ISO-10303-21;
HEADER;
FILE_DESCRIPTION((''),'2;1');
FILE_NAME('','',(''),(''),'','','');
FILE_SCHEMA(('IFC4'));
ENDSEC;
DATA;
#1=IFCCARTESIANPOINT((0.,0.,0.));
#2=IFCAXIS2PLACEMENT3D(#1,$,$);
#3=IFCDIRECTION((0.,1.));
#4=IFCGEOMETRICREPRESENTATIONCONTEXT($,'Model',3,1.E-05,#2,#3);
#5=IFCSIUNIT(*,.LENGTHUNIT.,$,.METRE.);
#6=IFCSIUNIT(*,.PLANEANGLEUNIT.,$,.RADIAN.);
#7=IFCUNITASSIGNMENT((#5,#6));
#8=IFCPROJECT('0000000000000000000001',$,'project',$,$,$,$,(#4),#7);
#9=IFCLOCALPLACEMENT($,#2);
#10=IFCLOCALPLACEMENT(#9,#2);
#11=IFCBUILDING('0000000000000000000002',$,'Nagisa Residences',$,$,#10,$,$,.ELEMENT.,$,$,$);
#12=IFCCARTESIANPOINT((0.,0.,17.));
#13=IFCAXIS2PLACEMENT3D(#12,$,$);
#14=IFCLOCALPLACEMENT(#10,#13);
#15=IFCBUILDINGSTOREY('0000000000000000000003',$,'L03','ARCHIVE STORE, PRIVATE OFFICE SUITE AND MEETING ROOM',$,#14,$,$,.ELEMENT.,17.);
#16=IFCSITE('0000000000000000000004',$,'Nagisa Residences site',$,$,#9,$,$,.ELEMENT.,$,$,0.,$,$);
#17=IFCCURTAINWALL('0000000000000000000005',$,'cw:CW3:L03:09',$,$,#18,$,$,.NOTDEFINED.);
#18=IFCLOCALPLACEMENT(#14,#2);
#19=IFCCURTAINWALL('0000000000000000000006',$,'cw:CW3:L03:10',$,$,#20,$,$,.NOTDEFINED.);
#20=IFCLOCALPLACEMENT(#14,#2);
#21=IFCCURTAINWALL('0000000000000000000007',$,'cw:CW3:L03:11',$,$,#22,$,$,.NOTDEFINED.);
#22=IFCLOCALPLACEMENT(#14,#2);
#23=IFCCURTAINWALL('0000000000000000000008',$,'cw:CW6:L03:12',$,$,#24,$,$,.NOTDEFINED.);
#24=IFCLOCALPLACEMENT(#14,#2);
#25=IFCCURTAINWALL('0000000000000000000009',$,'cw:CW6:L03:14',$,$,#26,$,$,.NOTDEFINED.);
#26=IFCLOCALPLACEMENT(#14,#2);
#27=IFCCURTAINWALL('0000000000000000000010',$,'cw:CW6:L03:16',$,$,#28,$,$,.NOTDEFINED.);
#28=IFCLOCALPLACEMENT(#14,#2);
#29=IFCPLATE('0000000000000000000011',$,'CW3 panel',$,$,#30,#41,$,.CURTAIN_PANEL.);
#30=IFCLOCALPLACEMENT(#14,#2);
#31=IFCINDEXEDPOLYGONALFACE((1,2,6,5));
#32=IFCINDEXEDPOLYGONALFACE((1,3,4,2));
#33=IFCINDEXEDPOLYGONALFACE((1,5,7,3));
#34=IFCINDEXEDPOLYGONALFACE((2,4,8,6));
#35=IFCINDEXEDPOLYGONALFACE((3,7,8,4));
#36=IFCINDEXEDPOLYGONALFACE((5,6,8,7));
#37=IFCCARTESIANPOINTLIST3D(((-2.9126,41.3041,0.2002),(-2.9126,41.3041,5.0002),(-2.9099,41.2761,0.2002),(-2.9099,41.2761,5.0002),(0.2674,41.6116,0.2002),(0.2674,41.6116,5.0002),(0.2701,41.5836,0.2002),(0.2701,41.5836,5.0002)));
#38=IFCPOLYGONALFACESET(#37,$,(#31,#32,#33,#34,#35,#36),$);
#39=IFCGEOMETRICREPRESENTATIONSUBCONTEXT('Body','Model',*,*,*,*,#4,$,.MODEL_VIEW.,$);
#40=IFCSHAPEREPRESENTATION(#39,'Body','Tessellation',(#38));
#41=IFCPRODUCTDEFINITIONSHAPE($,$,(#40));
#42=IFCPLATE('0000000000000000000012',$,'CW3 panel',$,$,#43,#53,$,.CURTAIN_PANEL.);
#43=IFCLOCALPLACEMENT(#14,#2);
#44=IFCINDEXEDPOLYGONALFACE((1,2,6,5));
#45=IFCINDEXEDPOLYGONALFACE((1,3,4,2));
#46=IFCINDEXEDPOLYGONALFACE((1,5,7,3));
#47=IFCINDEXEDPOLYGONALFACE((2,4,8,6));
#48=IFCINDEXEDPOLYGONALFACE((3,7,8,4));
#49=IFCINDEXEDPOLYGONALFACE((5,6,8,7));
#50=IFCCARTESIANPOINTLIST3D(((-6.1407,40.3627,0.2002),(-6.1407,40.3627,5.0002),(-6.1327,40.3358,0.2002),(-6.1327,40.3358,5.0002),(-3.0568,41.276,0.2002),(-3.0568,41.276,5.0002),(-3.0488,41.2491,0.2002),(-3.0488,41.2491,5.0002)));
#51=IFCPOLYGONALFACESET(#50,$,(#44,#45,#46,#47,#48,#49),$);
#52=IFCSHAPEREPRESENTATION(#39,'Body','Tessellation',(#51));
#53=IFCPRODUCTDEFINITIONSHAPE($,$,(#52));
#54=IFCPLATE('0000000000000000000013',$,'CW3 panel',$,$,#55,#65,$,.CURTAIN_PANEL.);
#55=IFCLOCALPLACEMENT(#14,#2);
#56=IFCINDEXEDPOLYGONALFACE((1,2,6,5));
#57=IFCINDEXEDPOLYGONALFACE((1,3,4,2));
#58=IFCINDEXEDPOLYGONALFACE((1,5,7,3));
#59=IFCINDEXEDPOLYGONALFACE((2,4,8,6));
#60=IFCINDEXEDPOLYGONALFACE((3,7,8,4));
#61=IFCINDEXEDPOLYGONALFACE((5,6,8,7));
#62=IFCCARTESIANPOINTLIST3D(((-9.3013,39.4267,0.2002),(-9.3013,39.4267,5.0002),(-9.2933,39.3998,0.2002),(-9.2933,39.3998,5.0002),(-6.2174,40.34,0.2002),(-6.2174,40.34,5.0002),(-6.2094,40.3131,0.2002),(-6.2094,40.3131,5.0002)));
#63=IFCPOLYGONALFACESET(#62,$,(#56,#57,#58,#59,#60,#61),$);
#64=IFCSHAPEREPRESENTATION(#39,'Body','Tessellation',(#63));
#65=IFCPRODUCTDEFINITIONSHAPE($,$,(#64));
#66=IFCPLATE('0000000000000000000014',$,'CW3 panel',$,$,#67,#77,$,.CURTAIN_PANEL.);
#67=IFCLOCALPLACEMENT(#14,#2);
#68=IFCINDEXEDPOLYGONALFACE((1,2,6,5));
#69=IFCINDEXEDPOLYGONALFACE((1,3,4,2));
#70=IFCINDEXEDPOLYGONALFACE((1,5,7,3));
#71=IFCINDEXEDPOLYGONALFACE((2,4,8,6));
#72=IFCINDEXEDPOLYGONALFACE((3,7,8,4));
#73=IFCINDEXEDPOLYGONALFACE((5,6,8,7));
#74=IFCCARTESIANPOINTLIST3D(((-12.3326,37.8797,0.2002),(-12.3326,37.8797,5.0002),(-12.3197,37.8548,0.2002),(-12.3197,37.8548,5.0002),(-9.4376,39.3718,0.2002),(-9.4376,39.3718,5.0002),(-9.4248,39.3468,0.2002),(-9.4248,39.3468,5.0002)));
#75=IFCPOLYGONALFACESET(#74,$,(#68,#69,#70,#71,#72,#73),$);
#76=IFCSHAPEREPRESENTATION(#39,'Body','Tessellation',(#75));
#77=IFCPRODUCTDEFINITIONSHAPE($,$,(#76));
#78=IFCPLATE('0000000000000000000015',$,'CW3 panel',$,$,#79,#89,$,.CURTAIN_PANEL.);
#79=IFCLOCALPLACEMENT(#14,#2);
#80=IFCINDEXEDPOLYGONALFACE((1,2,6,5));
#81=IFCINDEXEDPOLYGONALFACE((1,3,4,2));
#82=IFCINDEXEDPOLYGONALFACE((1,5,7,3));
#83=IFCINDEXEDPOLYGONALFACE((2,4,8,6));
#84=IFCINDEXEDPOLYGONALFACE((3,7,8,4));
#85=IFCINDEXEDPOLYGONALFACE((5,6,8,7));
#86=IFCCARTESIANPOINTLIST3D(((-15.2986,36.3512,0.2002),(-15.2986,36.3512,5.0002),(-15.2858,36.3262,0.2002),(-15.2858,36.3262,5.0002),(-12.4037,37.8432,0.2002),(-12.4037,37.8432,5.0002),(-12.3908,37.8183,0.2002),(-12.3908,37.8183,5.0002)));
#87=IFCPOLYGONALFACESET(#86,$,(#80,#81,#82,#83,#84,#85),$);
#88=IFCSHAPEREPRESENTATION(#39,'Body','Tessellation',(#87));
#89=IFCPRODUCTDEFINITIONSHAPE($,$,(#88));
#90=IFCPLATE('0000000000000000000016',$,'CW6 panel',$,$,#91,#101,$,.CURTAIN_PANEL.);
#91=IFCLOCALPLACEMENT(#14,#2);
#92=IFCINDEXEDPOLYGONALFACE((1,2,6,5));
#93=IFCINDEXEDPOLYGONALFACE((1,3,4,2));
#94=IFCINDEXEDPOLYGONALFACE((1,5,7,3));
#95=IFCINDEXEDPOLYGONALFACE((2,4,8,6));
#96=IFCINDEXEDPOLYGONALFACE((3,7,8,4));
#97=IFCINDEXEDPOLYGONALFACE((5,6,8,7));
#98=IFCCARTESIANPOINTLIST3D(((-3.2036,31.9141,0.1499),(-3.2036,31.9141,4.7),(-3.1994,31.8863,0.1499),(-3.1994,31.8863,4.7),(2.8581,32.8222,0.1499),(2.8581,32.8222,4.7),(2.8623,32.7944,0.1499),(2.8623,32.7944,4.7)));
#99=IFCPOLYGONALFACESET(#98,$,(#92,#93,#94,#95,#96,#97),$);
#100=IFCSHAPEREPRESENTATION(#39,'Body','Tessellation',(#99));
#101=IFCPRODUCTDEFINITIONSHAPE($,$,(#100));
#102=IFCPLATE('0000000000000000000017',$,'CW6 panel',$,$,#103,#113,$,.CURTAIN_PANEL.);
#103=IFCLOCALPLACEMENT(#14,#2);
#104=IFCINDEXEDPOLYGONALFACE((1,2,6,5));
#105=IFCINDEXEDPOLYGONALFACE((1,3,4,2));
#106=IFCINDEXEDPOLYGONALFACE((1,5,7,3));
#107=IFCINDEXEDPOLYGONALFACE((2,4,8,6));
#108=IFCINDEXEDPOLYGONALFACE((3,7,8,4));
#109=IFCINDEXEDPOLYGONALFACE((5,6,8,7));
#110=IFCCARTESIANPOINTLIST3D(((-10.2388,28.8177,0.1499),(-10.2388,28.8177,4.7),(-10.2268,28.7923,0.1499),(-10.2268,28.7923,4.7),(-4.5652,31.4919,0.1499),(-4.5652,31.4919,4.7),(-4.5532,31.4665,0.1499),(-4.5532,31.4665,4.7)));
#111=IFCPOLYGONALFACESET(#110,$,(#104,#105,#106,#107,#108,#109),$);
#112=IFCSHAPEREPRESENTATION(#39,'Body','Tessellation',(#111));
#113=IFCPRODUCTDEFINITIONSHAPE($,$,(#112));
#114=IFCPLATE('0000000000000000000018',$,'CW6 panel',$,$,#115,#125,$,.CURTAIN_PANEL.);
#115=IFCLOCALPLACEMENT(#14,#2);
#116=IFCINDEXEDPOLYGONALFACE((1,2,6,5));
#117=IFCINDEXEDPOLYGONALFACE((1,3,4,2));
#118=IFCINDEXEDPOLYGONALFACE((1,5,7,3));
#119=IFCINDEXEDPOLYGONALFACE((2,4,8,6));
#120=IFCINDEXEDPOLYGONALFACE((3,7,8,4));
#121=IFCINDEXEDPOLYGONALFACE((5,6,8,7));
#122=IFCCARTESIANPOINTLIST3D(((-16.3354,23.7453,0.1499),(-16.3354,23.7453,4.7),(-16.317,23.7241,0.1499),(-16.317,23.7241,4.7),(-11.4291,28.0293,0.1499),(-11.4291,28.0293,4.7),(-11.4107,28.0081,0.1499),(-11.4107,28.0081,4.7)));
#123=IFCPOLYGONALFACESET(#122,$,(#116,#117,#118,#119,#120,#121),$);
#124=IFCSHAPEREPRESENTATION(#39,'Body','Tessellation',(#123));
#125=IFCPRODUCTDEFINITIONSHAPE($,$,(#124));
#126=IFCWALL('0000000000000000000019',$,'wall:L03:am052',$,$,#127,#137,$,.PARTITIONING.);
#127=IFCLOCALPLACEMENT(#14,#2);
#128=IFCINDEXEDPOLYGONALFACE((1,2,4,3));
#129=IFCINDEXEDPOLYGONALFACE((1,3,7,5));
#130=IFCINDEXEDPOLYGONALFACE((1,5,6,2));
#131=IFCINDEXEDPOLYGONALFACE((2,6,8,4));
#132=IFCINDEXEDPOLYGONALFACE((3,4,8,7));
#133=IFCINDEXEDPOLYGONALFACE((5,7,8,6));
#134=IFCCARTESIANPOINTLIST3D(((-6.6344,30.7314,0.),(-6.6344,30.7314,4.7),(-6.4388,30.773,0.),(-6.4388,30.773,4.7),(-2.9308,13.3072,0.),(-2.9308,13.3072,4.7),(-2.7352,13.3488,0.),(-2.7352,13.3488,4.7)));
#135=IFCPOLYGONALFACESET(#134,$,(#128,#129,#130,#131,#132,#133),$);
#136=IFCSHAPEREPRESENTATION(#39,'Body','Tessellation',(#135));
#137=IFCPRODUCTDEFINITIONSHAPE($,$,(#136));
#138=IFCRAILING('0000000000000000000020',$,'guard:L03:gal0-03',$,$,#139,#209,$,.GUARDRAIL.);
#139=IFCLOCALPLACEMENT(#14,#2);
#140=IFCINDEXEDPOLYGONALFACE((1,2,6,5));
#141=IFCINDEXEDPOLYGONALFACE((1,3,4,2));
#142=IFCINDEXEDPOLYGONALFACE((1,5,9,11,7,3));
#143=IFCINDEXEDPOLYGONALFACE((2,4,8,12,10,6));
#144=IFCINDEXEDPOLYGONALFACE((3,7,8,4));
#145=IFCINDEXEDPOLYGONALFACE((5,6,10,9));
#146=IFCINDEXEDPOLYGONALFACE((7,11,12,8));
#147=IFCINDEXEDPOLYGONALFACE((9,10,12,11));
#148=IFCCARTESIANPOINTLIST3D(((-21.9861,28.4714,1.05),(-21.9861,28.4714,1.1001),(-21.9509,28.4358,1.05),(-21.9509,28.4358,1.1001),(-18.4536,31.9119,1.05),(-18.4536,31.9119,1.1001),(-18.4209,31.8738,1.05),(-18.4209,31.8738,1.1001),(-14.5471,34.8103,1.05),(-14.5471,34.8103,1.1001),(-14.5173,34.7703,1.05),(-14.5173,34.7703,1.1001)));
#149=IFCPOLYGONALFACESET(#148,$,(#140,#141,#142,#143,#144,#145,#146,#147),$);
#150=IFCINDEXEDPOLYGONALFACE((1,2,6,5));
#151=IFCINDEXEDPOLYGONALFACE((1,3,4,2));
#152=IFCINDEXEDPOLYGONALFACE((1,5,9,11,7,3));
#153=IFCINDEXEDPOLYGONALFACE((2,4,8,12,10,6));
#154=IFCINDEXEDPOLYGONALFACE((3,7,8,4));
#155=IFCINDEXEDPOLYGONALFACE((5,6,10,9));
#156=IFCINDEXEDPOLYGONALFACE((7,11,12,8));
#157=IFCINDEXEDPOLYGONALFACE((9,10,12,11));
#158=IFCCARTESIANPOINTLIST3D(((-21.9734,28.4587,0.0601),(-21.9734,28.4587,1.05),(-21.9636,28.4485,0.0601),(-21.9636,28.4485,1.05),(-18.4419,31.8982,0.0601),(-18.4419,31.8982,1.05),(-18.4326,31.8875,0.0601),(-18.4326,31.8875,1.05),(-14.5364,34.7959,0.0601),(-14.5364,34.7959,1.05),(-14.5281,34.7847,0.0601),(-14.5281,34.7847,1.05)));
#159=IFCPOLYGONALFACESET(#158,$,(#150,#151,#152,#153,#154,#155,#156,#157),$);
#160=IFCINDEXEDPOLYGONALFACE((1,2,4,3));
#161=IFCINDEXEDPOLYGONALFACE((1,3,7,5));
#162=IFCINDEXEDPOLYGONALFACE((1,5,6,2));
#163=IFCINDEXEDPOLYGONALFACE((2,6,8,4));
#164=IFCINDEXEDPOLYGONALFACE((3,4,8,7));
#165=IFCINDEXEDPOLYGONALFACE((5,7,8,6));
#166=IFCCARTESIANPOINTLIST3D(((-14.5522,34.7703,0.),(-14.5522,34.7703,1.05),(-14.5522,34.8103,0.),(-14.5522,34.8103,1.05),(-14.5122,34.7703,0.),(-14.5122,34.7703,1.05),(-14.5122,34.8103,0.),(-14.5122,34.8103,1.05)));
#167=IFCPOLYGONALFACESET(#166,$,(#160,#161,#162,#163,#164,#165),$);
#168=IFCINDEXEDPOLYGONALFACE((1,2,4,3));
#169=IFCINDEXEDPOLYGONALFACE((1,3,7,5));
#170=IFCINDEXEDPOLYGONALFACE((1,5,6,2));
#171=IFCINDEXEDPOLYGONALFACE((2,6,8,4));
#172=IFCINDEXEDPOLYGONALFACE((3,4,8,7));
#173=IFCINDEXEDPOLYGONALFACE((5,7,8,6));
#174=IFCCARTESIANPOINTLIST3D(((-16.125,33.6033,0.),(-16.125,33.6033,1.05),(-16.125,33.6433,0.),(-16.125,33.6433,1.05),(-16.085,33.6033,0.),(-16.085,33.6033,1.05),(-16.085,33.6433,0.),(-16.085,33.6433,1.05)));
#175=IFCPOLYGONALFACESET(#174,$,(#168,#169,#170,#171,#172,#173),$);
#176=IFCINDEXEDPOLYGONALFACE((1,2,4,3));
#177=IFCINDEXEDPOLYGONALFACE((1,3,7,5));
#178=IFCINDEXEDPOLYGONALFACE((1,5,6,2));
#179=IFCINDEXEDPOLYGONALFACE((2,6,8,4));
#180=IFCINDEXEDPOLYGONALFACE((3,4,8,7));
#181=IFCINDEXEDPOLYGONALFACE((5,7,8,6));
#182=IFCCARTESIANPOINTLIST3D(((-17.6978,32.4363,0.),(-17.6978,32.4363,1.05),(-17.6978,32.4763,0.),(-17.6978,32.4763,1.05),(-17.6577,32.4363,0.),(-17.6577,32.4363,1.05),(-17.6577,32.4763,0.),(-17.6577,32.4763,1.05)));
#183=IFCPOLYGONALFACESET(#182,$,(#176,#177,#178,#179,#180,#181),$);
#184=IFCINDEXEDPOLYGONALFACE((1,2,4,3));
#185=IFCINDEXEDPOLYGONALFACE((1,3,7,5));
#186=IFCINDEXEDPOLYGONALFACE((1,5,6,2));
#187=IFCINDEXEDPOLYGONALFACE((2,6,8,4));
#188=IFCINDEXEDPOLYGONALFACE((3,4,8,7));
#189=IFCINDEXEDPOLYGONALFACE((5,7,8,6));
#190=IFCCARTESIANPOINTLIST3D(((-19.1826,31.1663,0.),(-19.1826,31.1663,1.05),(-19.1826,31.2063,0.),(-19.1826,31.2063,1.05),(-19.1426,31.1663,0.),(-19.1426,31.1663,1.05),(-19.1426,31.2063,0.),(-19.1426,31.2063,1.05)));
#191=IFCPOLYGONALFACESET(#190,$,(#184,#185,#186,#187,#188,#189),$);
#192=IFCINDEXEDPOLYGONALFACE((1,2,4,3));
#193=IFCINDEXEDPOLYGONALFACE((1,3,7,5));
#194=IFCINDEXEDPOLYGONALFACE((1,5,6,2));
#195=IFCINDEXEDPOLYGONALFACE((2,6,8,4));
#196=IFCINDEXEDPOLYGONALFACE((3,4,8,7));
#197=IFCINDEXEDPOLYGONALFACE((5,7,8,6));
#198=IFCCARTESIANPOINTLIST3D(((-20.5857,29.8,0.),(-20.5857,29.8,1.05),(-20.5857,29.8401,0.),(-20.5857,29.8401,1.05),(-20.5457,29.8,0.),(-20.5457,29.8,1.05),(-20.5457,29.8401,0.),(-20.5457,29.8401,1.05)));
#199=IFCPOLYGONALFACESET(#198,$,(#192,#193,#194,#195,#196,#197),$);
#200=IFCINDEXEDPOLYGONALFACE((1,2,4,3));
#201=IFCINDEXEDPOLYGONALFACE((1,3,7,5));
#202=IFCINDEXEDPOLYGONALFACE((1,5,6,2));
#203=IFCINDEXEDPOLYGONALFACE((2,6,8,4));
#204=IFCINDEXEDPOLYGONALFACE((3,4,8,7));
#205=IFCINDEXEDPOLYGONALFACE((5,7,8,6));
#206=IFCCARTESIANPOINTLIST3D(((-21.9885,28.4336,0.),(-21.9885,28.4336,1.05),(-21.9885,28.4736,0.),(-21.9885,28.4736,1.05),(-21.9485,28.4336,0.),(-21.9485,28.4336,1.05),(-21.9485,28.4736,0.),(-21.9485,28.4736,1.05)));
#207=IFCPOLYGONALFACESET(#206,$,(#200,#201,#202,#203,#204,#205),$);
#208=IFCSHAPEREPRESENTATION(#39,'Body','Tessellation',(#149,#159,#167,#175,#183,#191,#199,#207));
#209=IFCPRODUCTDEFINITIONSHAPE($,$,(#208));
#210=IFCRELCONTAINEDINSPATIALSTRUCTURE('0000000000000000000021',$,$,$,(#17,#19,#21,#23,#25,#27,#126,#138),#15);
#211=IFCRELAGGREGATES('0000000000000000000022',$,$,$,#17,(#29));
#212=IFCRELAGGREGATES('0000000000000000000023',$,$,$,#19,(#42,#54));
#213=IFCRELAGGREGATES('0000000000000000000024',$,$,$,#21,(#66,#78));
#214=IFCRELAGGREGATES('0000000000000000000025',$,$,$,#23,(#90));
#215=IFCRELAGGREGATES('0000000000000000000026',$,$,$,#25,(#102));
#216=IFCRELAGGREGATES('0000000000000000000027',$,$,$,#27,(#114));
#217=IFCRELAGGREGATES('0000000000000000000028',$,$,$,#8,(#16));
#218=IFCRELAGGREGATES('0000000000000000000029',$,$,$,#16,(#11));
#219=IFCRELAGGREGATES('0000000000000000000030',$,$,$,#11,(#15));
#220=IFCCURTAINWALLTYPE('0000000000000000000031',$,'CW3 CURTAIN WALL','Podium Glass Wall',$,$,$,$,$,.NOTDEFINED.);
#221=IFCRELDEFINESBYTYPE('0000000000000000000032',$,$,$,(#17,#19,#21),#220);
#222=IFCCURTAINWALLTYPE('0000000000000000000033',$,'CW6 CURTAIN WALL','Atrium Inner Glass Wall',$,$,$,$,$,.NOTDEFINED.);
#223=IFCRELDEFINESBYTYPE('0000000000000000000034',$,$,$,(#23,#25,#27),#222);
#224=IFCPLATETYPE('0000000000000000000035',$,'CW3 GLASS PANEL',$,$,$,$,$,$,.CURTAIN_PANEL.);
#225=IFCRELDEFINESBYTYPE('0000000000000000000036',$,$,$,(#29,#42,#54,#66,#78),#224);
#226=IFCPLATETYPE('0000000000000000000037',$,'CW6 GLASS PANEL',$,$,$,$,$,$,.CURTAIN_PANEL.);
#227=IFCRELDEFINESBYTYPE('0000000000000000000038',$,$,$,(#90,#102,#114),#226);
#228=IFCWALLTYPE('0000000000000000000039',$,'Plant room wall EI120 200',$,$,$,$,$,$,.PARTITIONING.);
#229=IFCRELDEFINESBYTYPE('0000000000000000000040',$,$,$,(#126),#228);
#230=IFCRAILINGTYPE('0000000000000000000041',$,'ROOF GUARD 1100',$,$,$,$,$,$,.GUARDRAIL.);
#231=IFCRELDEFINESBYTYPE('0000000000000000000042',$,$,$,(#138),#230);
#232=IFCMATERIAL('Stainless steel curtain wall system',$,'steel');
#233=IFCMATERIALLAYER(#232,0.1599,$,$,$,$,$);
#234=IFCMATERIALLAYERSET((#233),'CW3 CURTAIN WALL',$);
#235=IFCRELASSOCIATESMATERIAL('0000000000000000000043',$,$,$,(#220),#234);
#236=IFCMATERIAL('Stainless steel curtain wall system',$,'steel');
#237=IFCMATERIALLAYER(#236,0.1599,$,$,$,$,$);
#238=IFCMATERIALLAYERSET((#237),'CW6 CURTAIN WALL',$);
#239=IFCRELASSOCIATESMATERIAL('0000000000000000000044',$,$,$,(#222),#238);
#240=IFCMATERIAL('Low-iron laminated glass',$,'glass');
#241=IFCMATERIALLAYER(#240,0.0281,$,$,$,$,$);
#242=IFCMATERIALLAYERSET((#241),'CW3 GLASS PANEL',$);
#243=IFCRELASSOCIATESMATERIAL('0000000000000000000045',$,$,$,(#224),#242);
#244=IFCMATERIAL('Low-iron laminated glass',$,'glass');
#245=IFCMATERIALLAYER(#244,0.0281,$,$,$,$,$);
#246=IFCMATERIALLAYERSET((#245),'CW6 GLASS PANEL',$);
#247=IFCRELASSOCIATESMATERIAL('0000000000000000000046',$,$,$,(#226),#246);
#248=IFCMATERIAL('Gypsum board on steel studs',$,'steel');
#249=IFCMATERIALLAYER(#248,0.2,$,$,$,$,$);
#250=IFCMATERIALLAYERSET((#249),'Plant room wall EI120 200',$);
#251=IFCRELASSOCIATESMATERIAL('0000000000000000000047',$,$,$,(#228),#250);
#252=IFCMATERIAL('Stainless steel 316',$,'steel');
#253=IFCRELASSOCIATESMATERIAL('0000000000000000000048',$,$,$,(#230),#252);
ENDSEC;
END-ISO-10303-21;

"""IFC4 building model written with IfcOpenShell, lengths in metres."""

from ifc_helpers import new_model, si_unit, direction, frame, frame_2d, origin, origin_2d, place, context, subcontext, project, spatial, polyline, rectangle, outline, extrude, material, layer, layer_set, type_object, element, aggregate, save


model = new_model("IFC4")

# Units and contexts
model_context = context("Model", 3, precision=1e-05, world=origin(), true_north=direction((0.0, 1.0)))
body_context = subcontext(model_context, "Body", "Model", "MODEL_VIEW")
ifc_project = project(units=[si_unit("LENGTHUNIT", "METRE"), si_unit("PLANEANGLEUNIT", "RADIAN")], contexts=[model_context])

# Site, building, storey
site_placement = place(None, origin())
site = spatial("IfcSite", under=ifc_project, at=site_placement, Name="Nagisa Residences site", CompositionType="ELEMENT", RefElevation=0.0)
building_placement = place(site_placement, origin())
building = spatial("IfcBuilding", under=site, at=building_placement, Name="Nagisa Residences", CompositionType="ELEMENT")
storey_placement = place(building_placement, frame((0.0, 0.0, 17.0)))
storey = spatial("IfcBuildingStorey", under=building, at=storey_placement, Name="L03", Description="ARCHIVE STORE, PRIVATE OFFICE SUITE AND MEETING ROOM", CompositionType="ELEMENT", Elevation=17.0)

# Curtain walls
ifc_material_1 = material(Name="Stainless steel curtain wall system", Category="steel")
ifc_layer_1 = layer(ifc_material_1, 0.1599)
ifc_layer_set_1 = layer_set([ifc_layer_1], Name="CW3 CURTAIN WALL")
curtain_wall_type_1 = type_object("IfcCurtainWallType", Name="CW3 CURTAIN WALL", Description="Podium Glass Wall", PredefinedType="NOTDEFINED", material=ifc_layer_set_1)
curtain_wall_1_placement = place(storey_placement, origin())
curtain_wall_1 = element("IfcCurtainWall", 1, at=curtain_wall_1_placement, inside=storey, type_object=curtain_wall_type_1, Name="cw:CW3:L03:09", PredefinedType="NOTDEFINED")
curtain_wall_2_placement = place(storey_placement, origin())
curtain_wall_2 = element("IfcCurtainWall", 2, at=curtain_wall_2_placement, inside=storey, type_object=curtain_wall_type_1, Name="cw:CW3:L03:10", PredefinedType="NOTDEFINED")
curtain_wall_3_placement = place(storey_placement, origin())
curtain_wall_3 = element("IfcCurtainWall", 3, at=curtain_wall_3_placement, inside=storey, type_object=curtain_wall_type_1, Name="cw:CW3:L03:11", PredefinedType="NOTDEFINED")

# Curtain walls
ifc_material_2 = material(Name="Stainless steel curtain wall system", Category="steel")
ifc_layer_2 = layer(ifc_material_2, 0.1599)
ifc_layer_set_2 = layer_set([ifc_layer_2], Name="CW6 CURTAIN WALL")
curtain_wall_type_2 = type_object("IfcCurtainWallType", Name="CW6 CURTAIN WALL", Description="Atrium Inner Glass Wall", PredefinedType="NOTDEFINED", material=ifc_layer_set_2)
curtain_wall_4_placement = place(storey_placement, origin())
curtain_wall_4 = element("IfcCurtainWall", 4, at=curtain_wall_4_placement, inside=storey, type_object=curtain_wall_type_2, Name="cw:CW6:L03:12", PredefinedType="NOTDEFINED")
curtain_wall_5_placement = place(storey_placement, origin())
curtain_wall_5 = element("IfcCurtainWall", 5, at=curtain_wall_5_placement, inside=storey, type_object=curtain_wall_type_2, Name="cw:CW6:L03:14", PredefinedType="NOTDEFINED")
curtain_wall_6_placement = place(storey_placement, origin())
curtain_wall_6 = element("IfcCurtainWall", 6, at=curtain_wall_6_placement, inside=storey, type_object=curtain_wall_type_2, Name="cw:CW6:L03:16", PredefinedType="NOTDEFINED")

# Plates
ifc_material_3 = material(Name="Low-iron laminated glass", Category="glass")
ifc_layer_3 = layer(ifc_material_3, 0.0281)
ifc_layer_set_3 = layer_set([ifc_layer_3], Name="CW3 GLASS PANEL")
plate_type_1 = type_object("IfcPlateType", Name="CW3 GLASS PANEL", PredefinedType="CURTAIN_PANEL", material=ifc_layer_set_3)
plate_1_placement = place(storey_placement, frame((-1.3213, 41.4438, 0.2002), z_axis=(0.0, 0.0, 1.0), x_axis=(-0.995357, -0.096249, 0.0)))
plate_1 = element("IfcPlate", 7, at=plate_1_placement, type_object=plate_type_1, Name="CW3 panel", PredefinedType="CURTAIN_PANEL", context=body_context, shape_type="SweptSolid", body=[
    extrude(rectangle(XDim=3.1948, YDim=0.0281, at=origin_2d()), origin(), (0.0, 0.0, 1.0), 4.8),
])
aggregate(curtain_wall_1, [plate_1])
plate_2_placement = place(storey_placement, frame((-4.5947, 40.8059, 0.2002), z_axis=(0.0, 0.0, 1.0), x_axis=(-0.958835, -0.283963, 0.0)))
plate_2 = element("IfcPlate", 8, at=plate_2_placement, type_object=plate_type_1, Name="CW3 panel", PredefinedType="CURTAIN_PANEL", context=body_context, shape_type="SweptSolid", body=[
    extrude(rectangle(XDim=3.2163, YDim=0.0281, at=origin_2d()), origin(), (0.0, 0.0, 1.0), 4.8),
])
plate_3_placement = place(storey_placement, frame((-7.7554, 39.8699, 0.2002), z_axis=(0.0, 0.0, 1.0), x_axis=(-0.958835, -0.283963, 0.0)))
plate_3 = element("IfcPlate", 9, at=plate_3_placement, type_object=plate_type_1, Name="CW3 panel", PredefinedType="CURTAIN_PANEL", context=body_context, shape_type="SweptSolid", body=[
    extrude(rectangle(XDim=3.2163, YDim=0.0281, at=origin_2d()), origin(), (0.0, 0.0, 1.0), 4.8),
])
aggregate(curtain_wall_2, [plate_2, plate_3])
plate_4_placement = place(storey_placement, frame((-10.8787, 38.6133, 0.2002), z_axis=(0.0, 0.0, 1.0), x_axis=(-0.888887, -0.458126, 0.0)))
plate_4 = element("IfcPlate", 10, at=plate_4_placement, type_object=plate_type_1, Name="CW3 panel", PredefinedType="CURTAIN_PANEL", context=body_context, shape_type="SweptSolid", body=[
    extrude(rectangle(XDim=3.2568, YDim=0.0281, at=origin_2d()), origin(), (0.0, 0.0, 1.0), 4.8),
])
plate_5_placement = place(storey_placement, frame((-13.8447, 37.0847, 0.2002), z_axis=(0.0, 0.0, 1.0), x_axis=(-0.888887, -0.458126, 0.0)))
plate_5 = element("IfcPlate", 11, at=plate_5_placement, type_object=plate_type_1, Name="CW3 panel", PredefinedType="CURTAIN_PANEL", context=body_context, shape_type="SweptSolid", body=[
    extrude(rectangle(XDim=3.2568, YDim=0.0281, at=origin_2d()), origin(), (0.0, 0.0, 1.0), 4.8),
])
aggregate(curtain_wall_3, [plate_4, plate_5])
ifc_material_4 = material(Name="Low-iron laminated glass", Category="glass")
ifc_layer_4 = layer(ifc_material_4, 0.0281)
ifc_layer_set_4 = layer_set([ifc_layer_4], Name="CW6 GLASS PANEL")
plate_type_2 = type_object("IfcPlateType", Name="CW6 GLASS PANEL", PredefinedType="CURTAIN_PANEL", material=ifc_layer_set_4)
plate_6_placement = place(storey_placement, frame((-0.1707, 32.3542, 0.1499), z_axis=(0.0, 0.0, 1.0), x_axis=(-0.988964, -0.148158, 0.0)))
plate_6 = element("IfcPlate", 12, at=plate_6_placement, type_object=plate_type_2, Name="CW6 panel", PredefinedType="CURTAIN_PANEL", context=body_context, shape_type="SweptSolid", body=[
    extrude(rectangle(XDim=6.1294, YDim=0.0281, at=origin_2d()), origin(), (0.0, 0.0, 1.0), 4.55),
])
aggregate(curtain_wall_4, [plate_6])
plate_7_placement = place(storey_placement, frame((-7.396, 30.1421, 0.1499), z_axis=(0.0, 0.0, 1.0), x_axis=(-0.904554, -0.426358, 0.0)))
plate_7 = element("IfcPlate", 13, at=plate_7_placement, type_object=plate_type_2, Name="CW6 panel", PredefinedType="CURTAIN_PANEL", context=body_context, shape_type="SweptSolid", body=[
    extrude(rectangle(XDim=6.2722, YDim=0.0281, at=origin_2d()), origin(), (0.0, 0.0, 1.0), 4.55),
])
aggregate(curtain_wall_5, [plate_7])
plate_8_placement = place(storey_placement, frame((-13.873, 25.8767, 0.1499), z_axis=(0.0, 0.0, 1.0), x_axis=(-0.753261, -0.657721, 0.0)))
plate_8 = element("IfcPlate", 14, at=plate_8_placement, type_object=plate_type_2, Name="CW6 panel", PredefinedType="CURTAIN_PANEL", context=body_context, shape_type="SweptSolid", body=[
    extrude(rectangle(XDim=6.5134, YDim=0.0281, at=origin_2d()), origin(), (0.0, 0.0, 1.0), 4.55),
])
aggregate(curtain_wall_6, [plate_8])

# Wall
ifc_material_5 = material(Name="Gypsum board on steel studs", Category="steel")
ifc_layer_5 = layer(ifc_material_5, 0.2)
ifc_layer_set_5 = layer_set([ifc_layer_5], Name="Plant room wall EI120 200")
wall_type = type_object("IfcWallType", Name="Plant room wall EI120 200", PredefinedType="PARTITIONING", material=ifc_layer_set_5)
wall_placement = place(storey_placement, frame((-6.5366, 30.7522, 0.0), z_axis=(0.0, 0.0, 1.0), x_axis=(0.20791, -0.978148, 0.0)))
element("IfcWall", 15, at=wall_placement, inside=storey, type_object=wall_type, Name="wall:L03:am052", PredefinedType="PARTITIONING", context=body_context, shape_type="SweptSolid", body=[
    extrude(rectangle(XDim=17.8135, YDim=0.2, at=frame_2d((8.9067, 0.0))), origin(), (0.0, 0.0, 1.0), 4.7),
])

# Railing
ifc_material_6 = material(Name="Stainless steel 316", Category="steel")
railing_type = type_object("IfcRailingType", Name="ROOF GUARD 1100", PredefinedType="GUARDRAIL", material=ifc_material_6)
railing_1_placement = place(storey_placement, frame((-14.5322, 34.7903, 0.0)))
element("IfcRailing", 16, at=railing_1_placement, inside=storey, type_object=railing_type, Name="guard:L03:gal0-03", PredefinedType="GUARDRAIL", context=body_context, shape_type="SweptSolid", body=[
    extrude(outline(polyline([(-3.8887, -2.9165), (0.0149, -0.02), (-0.0149, 0.02), (-3.9214, -2.8784), (-7.4539, -6.3188), (-7.4187, -6.3545), (-3.8887, -2.9165)])), frame((0.0, 0.0, 1.05)), (0.0, 0.0, 1.0), 0.05),
    extrude(outline(polyline([(-3.9004, -2.9028), (0.0042, -0.0056), (-0.0042, 0.0056), (-3.9097, -2.8921), (-7.4412, -6.3315), (-7.4314, -6.3418), (-3.9004, -2.9028)])), frame((0.0, 0.0, 0.0601)), (0.0, 0.0, 1.0), 0.99),
    extrude(rectangle(XDim=0.04, YDim=0.04, at=origin_2d()), origin(), (0.0, 0.0, 1.0), 1.05),
    extrude(rectangle(XDim=0.04, YDim=0.04, at=origin_2d()), frame((-1.5728, -1.167, 0.0)), (0.0, 0.0, 1.0), 1.05),
    extrude(rectangle(XDim=0.04, YDim=0.04, at=origin_2d()), frame((-3.1455, -2.334, 0.0)), (0.0, 0.0, 1.0), 1.05),
    extrude(rectangle(XDim=0.04, YDim=0.04, at=origin_2d()), frame((-4.6304, -3.604, 0.0)), (0.0, 0.0, 1.0), 1.05),
    extrude(rectangle(XDim=0.04, YDim=0.04, at=origin_2d()), frame((-6.0334, -4.9702, 0.0)), (0.0, 0.0, 1.0), 1.05),
    extrude(rectangle(XDim=0.04, YDim=0.04, at=origin_2d()), frame((-7.4363, -6.3367, 0.0)), (0.0, 0.0, 1.0), 1.05),
])

save(model, "model.ifc")
